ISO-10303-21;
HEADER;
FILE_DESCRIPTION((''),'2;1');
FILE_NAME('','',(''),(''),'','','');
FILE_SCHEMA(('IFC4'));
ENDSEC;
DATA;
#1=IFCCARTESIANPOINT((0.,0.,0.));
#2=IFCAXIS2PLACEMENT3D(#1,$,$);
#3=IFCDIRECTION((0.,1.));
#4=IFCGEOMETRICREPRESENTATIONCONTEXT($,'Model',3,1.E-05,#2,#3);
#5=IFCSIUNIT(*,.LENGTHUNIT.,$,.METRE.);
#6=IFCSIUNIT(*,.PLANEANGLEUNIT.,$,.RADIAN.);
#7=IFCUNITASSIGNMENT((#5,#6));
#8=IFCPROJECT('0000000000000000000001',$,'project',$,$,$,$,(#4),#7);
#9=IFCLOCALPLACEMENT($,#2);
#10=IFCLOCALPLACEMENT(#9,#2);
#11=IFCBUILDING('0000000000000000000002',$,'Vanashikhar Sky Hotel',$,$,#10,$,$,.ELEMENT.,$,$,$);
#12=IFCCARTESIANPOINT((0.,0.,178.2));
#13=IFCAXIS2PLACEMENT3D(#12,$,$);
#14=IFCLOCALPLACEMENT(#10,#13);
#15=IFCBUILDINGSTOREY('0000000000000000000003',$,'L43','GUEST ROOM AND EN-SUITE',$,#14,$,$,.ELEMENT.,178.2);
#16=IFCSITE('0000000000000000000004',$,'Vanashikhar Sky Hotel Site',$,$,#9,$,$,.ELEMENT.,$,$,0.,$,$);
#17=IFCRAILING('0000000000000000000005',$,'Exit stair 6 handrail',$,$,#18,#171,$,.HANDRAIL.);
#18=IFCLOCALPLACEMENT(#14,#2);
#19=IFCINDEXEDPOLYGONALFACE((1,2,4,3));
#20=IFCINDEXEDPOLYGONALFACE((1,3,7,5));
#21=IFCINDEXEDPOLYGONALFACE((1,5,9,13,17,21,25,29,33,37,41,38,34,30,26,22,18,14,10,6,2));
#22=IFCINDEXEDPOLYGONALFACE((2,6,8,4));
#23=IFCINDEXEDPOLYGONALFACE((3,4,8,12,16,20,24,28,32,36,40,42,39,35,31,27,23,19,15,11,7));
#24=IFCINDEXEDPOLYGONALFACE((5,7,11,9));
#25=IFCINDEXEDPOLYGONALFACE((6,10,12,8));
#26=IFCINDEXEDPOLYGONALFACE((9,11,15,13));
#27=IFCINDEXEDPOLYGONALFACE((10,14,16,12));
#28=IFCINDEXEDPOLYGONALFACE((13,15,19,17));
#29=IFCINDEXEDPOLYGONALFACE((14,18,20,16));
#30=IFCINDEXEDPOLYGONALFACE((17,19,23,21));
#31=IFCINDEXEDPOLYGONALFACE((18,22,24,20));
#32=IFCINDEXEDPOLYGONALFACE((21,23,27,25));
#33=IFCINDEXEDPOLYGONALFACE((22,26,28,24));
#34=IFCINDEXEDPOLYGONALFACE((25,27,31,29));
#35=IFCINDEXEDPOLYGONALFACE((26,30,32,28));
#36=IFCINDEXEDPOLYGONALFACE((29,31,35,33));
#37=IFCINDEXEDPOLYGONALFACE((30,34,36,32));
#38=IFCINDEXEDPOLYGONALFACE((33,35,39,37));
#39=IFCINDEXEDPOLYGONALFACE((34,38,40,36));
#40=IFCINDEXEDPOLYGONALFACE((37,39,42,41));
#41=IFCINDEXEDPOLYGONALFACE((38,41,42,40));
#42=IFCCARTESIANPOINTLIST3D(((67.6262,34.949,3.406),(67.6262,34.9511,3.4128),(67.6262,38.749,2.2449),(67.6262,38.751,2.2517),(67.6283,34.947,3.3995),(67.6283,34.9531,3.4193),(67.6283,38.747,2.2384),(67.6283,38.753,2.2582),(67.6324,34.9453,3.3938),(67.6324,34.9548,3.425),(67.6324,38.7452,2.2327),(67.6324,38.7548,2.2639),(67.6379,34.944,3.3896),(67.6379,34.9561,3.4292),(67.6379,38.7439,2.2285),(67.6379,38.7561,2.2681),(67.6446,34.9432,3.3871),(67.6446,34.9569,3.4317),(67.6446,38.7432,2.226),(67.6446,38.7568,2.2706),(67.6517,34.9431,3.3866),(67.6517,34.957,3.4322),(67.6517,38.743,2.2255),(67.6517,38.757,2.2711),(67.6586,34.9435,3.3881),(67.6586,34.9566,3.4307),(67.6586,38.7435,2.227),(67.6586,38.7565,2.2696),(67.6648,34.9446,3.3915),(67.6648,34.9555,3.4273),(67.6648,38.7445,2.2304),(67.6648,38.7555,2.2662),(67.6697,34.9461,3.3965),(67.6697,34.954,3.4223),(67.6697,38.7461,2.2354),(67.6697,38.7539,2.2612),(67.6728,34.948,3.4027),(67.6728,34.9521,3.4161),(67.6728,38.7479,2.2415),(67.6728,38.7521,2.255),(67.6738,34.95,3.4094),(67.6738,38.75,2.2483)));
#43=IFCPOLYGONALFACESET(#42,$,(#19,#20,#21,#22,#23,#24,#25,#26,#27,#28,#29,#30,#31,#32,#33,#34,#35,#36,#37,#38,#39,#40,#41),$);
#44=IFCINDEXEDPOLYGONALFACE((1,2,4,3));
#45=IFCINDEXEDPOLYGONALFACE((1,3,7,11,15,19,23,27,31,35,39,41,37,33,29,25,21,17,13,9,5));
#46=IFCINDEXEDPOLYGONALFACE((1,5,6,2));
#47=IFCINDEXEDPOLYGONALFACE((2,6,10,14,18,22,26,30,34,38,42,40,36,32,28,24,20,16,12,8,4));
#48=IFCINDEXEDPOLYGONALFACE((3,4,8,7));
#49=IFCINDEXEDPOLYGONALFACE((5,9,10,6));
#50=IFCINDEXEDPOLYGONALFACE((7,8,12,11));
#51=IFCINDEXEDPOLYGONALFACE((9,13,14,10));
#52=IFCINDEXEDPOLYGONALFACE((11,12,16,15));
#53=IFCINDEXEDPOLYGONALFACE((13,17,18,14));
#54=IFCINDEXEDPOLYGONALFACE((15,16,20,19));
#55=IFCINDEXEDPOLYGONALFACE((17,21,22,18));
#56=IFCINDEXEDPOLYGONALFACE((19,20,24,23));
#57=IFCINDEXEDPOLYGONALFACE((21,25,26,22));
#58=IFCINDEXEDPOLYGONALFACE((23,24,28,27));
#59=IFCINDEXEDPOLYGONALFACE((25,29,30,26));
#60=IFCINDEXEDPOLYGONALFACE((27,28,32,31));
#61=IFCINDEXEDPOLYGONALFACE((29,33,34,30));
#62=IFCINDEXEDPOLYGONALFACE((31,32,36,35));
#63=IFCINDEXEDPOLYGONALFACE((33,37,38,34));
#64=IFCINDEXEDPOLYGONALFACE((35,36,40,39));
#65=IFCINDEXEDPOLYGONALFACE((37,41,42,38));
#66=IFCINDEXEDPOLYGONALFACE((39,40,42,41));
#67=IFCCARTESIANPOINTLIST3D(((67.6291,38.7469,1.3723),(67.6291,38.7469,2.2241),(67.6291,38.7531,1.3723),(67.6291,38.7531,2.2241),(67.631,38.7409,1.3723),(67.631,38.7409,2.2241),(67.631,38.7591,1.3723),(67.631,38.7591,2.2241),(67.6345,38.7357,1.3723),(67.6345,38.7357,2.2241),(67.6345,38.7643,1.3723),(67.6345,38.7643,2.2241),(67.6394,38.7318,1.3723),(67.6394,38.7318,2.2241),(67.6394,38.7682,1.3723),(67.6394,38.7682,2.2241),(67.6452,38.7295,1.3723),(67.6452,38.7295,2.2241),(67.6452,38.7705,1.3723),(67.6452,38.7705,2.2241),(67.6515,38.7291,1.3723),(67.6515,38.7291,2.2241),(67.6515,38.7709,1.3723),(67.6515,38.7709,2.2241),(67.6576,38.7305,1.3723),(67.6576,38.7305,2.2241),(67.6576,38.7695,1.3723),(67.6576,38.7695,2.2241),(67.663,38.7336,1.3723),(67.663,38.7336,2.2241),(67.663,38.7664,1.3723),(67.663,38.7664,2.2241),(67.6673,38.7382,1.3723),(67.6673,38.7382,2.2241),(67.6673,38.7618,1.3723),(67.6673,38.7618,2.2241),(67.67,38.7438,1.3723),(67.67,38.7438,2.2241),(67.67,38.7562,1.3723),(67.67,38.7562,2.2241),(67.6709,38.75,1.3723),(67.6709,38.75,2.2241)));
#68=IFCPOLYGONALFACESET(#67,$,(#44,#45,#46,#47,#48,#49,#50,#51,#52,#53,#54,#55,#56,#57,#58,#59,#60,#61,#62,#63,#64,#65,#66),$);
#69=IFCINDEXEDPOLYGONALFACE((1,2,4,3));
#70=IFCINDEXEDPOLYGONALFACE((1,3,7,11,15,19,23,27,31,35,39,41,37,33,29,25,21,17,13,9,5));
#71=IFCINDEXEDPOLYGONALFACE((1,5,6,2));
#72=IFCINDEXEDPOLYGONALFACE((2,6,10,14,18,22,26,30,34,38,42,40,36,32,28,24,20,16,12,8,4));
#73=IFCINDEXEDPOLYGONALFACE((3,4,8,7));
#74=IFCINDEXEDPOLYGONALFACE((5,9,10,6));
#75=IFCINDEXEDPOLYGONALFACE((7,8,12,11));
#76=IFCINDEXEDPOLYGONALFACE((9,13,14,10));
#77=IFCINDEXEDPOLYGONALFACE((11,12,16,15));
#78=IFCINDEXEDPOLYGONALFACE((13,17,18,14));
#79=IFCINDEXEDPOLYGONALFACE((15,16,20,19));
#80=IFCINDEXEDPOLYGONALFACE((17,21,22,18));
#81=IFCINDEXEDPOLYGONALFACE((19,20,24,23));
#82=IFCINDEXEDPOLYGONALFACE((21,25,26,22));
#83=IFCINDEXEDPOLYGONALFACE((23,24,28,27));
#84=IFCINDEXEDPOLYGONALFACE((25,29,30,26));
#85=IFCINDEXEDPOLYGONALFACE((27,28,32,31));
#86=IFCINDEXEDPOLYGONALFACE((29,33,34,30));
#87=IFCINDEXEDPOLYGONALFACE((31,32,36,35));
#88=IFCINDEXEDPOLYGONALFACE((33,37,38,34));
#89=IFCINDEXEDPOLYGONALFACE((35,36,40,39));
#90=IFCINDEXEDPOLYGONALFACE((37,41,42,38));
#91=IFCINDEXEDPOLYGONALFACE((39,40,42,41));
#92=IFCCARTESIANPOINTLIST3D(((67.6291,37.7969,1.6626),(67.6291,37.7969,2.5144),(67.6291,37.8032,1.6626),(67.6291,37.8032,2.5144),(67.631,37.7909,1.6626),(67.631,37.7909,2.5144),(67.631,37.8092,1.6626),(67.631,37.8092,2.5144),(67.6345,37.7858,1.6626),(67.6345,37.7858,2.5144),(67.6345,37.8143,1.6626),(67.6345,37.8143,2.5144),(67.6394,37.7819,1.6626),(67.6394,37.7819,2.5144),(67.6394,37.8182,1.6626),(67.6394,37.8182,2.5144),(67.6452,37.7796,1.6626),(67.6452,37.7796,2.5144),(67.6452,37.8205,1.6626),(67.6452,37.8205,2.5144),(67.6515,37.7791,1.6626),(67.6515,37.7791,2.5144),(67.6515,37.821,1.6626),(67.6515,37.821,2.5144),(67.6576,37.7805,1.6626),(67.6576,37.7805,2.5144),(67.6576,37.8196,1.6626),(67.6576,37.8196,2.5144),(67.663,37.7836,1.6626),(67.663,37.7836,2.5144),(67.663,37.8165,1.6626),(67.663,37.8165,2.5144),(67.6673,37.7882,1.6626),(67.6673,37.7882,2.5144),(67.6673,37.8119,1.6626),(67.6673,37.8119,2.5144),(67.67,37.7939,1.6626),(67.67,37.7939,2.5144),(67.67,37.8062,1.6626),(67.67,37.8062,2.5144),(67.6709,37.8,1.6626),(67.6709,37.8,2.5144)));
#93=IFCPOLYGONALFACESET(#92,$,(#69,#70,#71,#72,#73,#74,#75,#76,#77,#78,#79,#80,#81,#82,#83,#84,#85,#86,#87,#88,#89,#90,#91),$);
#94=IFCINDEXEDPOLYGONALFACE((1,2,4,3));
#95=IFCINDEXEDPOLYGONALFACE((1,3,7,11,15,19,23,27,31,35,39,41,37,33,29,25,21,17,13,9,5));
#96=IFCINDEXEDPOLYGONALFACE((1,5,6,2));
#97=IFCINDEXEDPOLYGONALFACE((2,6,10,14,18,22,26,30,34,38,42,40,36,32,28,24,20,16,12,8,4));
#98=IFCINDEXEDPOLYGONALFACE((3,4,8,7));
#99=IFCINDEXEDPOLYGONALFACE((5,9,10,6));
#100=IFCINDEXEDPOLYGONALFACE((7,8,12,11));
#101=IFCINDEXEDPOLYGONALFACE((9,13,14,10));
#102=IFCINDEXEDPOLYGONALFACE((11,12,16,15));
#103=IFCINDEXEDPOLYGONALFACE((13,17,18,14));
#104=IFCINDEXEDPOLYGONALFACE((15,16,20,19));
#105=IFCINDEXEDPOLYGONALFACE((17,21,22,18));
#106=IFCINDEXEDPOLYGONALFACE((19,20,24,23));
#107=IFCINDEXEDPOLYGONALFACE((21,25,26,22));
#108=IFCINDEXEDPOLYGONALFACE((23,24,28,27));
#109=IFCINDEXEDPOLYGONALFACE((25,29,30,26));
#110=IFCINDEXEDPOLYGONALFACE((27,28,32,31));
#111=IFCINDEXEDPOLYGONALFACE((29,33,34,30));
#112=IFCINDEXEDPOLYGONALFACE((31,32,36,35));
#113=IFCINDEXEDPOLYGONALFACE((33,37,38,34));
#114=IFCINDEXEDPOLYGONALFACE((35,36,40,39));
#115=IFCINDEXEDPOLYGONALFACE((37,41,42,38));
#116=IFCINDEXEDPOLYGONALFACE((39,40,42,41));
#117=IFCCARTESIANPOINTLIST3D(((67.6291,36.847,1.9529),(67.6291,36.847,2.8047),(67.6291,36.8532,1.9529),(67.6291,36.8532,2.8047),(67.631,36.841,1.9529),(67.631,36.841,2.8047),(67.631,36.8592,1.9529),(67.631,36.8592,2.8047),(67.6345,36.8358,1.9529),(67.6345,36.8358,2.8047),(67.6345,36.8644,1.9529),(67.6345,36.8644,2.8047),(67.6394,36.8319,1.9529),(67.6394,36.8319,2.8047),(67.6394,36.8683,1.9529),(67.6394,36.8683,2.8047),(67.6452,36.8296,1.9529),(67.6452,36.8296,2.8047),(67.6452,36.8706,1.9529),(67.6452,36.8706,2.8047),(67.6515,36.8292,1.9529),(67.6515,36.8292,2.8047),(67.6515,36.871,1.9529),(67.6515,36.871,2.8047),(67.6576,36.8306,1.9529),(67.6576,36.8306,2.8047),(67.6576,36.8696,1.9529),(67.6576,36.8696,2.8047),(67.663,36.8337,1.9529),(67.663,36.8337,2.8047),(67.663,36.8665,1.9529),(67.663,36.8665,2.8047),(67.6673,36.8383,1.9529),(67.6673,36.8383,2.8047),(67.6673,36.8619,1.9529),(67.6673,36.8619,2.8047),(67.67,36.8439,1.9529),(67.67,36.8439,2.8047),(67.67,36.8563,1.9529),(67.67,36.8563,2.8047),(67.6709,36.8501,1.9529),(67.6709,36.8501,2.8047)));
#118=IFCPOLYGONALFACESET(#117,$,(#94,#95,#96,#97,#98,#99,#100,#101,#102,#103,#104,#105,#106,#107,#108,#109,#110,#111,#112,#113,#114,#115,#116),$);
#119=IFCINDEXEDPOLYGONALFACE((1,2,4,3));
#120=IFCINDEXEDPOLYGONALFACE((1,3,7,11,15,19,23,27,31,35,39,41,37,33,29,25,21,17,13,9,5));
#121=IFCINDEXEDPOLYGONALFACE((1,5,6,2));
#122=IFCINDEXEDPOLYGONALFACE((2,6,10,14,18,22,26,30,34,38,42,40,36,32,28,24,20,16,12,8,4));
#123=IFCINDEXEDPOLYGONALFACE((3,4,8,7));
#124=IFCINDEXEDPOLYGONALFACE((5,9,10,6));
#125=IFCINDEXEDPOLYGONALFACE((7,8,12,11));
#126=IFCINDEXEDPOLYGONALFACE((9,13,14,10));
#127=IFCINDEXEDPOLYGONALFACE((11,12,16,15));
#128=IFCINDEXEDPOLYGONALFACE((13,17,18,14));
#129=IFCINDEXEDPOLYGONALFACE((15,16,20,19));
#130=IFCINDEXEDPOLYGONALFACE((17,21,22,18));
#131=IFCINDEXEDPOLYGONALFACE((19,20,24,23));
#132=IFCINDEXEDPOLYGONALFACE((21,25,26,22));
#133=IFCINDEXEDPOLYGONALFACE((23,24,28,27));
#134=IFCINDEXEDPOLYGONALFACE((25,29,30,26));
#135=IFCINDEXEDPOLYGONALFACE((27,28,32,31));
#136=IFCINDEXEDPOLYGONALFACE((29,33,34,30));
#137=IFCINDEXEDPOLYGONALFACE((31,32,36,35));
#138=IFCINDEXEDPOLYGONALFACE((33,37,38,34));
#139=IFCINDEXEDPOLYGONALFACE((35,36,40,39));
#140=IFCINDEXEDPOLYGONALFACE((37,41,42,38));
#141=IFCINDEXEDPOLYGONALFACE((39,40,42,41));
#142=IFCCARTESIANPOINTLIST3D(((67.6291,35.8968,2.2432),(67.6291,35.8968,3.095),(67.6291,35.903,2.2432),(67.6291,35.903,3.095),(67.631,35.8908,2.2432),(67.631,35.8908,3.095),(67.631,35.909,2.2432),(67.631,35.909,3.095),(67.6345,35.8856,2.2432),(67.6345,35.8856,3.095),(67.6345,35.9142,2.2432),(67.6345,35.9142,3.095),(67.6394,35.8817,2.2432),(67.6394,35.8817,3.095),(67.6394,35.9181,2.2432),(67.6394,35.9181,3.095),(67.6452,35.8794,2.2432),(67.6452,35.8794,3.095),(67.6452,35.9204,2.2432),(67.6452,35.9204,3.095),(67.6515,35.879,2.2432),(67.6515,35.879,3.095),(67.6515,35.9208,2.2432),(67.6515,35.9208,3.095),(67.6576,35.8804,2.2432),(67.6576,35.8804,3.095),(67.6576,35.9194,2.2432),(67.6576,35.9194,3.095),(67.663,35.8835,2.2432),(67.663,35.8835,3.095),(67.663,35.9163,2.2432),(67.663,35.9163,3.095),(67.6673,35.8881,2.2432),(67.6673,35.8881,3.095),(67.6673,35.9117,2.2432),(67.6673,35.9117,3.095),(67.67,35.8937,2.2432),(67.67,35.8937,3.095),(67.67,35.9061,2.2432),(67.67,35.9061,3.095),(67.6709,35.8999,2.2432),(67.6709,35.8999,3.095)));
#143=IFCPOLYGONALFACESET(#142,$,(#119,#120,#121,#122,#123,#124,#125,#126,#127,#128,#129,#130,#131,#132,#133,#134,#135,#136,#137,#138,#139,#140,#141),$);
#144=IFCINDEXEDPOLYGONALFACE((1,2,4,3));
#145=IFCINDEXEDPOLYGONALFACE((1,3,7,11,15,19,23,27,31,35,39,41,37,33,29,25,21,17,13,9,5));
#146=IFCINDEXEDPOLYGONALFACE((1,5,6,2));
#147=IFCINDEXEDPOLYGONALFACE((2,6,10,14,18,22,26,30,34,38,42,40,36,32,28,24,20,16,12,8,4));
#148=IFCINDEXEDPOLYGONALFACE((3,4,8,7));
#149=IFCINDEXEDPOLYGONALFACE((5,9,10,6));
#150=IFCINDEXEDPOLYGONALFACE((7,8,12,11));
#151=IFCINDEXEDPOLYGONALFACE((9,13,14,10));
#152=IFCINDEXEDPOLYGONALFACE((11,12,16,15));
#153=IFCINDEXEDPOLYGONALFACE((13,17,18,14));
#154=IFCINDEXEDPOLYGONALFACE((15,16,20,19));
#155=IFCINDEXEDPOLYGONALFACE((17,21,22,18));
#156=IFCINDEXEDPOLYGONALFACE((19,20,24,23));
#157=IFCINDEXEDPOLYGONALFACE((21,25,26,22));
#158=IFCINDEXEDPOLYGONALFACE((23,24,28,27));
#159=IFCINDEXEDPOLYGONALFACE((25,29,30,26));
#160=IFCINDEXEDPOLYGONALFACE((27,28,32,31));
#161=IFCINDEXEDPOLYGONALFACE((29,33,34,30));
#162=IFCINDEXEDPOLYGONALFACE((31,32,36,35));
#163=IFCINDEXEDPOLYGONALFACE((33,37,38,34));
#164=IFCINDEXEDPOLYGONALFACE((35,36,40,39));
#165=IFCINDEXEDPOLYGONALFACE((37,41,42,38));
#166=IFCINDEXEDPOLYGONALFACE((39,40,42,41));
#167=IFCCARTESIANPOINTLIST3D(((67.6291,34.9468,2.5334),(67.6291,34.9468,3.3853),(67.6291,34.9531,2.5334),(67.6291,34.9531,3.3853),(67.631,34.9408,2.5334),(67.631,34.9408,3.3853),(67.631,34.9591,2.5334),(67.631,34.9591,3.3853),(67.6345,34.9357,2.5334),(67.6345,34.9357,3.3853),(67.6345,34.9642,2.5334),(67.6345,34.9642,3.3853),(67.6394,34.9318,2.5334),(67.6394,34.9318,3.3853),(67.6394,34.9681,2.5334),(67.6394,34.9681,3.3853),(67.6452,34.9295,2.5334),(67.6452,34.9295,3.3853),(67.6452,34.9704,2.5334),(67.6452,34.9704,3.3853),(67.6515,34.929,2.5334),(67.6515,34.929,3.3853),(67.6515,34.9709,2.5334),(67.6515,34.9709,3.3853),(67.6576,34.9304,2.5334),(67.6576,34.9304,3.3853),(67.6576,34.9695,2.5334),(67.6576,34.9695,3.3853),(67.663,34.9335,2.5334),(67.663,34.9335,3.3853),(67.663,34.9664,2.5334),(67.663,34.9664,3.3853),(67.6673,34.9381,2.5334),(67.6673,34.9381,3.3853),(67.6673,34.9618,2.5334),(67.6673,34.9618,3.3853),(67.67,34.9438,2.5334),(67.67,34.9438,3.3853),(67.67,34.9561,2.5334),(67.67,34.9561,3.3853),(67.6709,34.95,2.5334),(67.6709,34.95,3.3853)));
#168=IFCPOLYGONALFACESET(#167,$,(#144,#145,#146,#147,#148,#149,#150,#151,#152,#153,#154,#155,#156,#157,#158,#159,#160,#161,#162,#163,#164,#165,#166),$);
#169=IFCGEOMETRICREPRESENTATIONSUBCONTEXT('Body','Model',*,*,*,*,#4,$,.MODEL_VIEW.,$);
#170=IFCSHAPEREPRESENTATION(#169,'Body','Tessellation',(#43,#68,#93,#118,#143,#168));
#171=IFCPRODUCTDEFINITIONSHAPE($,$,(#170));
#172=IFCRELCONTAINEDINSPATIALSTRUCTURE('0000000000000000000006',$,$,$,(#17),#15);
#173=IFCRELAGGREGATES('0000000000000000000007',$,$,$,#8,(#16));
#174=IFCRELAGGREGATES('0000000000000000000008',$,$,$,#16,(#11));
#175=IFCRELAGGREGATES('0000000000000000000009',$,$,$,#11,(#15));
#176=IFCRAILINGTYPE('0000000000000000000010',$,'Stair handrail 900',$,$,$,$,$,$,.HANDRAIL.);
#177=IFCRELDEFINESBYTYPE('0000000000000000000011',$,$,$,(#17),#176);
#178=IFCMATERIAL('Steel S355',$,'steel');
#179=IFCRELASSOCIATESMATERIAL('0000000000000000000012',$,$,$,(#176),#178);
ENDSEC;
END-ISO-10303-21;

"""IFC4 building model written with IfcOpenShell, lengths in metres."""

from ifc_helpers import new_model, si_unit, direction, frame, origin, origin_2d, place, context, subcontext, project, spatial, circle, extrude, source, transform, mapped, material, type_object, element, save


model = new_model("IFC4")

# Units and contexts
model_context = context("Model", 3, precision=1e-05, world=origin(), true_north=direction((0.0, 1.0)))
body_context = subcontext(model_context, "Body", "Model", "MODEL_VIEW")
ifc_project = project(units=[si_unit("LENGTHUNIT", "METRE"), si_unit("PLANEANGLEUNIT", "RADIAN")], contexts=[model_context])

# Site, building, storey
site_placement = place(None, origin())
site = spatial("IfcSite", under=ifc_project, at=site_placement, Name="Vanashikhar Sky Hotel Site", CompositionType="ELEMENT", RefElevation=0.0)
building_placement = place(site_placement, origin())
building = spatial("IfcBuilding", under=site, at=building_placement, Name="Vanashikhar Sky Hotel", CompositionType="ELEMENT")
storey_placement = place(building_placement, frame((0.0, 0.0, 178.2)))
storey = spatial("IfcBuildingStorey", under=building, at=storey_placement, Name="L43", Description="GUEST ROOM AND EN-SUITE", CompositionType="ELEMENT", Elevation=178.2)

# Railing
ifc_material_1 = material(Name="Steel S355", Category="steel")
railing_type_1 = type_object("IfcRailingType", Name="Stair handrail 900", PredefinedType="HANDRAIL", material=ifc_material_1)
shared_shape_1 = source(origin(), body_context, "Body", "SweptSolid", [
    extrude(circle(Radius=0.0239, at=origin_2d()), frame((0.0, 0.0, 0.876), z_axis=(0.0, -0.956351, 0.29222), x_axis=(1.0, 0.0, 0.0)), (0.0, 0.0, 1.0), 3.9734),
    extrude(circle(Radius=0.021, at=origin_2d()), origin(), (0.0, 0.0, 1.0), 0.8518),
    extrude(circle(Radius=0.021, at=origin_2d()), frame((0.0, -0.95, 0.2903)), (0.0, 0.0, 1.0), 0.8518),
    extrude(circle(Radius=0.021, at=origin_2d()), frame((0.0, -1.8999, 0.5806)), (0.0, 0.0, 1.0), 0.8518),
    extrude(circle(Radius=0.021, at=origin_2d()), frame((0.0, -2.8501, 0.8708)), (0.0, 0.0, 1.0), 0.8518),
    extrude(circle(Radius=0.021, at=origin_2d()), frame((0.0, -3.8, 1.1611)), (0.0, 0.0, 1.0), 0.8518),
])
for number, where, name in (
    (1, (67.6499, 38.75, 1.3723), "Exit stair 6 handrail"),
):
    element("IfcRailing", number, at=place(storey_placement, frame(where)), inside=storey, type_object=railing_type_1, Name=name, PredefinedType="HANDRAIL", context=body_context, shape_type="MappedRepresentation", body=[
        mapped(shared_shape_1, transform((0.0, 0.0, 0.0), scale=1.0)),
    ])

save(model, "model.ifc")
